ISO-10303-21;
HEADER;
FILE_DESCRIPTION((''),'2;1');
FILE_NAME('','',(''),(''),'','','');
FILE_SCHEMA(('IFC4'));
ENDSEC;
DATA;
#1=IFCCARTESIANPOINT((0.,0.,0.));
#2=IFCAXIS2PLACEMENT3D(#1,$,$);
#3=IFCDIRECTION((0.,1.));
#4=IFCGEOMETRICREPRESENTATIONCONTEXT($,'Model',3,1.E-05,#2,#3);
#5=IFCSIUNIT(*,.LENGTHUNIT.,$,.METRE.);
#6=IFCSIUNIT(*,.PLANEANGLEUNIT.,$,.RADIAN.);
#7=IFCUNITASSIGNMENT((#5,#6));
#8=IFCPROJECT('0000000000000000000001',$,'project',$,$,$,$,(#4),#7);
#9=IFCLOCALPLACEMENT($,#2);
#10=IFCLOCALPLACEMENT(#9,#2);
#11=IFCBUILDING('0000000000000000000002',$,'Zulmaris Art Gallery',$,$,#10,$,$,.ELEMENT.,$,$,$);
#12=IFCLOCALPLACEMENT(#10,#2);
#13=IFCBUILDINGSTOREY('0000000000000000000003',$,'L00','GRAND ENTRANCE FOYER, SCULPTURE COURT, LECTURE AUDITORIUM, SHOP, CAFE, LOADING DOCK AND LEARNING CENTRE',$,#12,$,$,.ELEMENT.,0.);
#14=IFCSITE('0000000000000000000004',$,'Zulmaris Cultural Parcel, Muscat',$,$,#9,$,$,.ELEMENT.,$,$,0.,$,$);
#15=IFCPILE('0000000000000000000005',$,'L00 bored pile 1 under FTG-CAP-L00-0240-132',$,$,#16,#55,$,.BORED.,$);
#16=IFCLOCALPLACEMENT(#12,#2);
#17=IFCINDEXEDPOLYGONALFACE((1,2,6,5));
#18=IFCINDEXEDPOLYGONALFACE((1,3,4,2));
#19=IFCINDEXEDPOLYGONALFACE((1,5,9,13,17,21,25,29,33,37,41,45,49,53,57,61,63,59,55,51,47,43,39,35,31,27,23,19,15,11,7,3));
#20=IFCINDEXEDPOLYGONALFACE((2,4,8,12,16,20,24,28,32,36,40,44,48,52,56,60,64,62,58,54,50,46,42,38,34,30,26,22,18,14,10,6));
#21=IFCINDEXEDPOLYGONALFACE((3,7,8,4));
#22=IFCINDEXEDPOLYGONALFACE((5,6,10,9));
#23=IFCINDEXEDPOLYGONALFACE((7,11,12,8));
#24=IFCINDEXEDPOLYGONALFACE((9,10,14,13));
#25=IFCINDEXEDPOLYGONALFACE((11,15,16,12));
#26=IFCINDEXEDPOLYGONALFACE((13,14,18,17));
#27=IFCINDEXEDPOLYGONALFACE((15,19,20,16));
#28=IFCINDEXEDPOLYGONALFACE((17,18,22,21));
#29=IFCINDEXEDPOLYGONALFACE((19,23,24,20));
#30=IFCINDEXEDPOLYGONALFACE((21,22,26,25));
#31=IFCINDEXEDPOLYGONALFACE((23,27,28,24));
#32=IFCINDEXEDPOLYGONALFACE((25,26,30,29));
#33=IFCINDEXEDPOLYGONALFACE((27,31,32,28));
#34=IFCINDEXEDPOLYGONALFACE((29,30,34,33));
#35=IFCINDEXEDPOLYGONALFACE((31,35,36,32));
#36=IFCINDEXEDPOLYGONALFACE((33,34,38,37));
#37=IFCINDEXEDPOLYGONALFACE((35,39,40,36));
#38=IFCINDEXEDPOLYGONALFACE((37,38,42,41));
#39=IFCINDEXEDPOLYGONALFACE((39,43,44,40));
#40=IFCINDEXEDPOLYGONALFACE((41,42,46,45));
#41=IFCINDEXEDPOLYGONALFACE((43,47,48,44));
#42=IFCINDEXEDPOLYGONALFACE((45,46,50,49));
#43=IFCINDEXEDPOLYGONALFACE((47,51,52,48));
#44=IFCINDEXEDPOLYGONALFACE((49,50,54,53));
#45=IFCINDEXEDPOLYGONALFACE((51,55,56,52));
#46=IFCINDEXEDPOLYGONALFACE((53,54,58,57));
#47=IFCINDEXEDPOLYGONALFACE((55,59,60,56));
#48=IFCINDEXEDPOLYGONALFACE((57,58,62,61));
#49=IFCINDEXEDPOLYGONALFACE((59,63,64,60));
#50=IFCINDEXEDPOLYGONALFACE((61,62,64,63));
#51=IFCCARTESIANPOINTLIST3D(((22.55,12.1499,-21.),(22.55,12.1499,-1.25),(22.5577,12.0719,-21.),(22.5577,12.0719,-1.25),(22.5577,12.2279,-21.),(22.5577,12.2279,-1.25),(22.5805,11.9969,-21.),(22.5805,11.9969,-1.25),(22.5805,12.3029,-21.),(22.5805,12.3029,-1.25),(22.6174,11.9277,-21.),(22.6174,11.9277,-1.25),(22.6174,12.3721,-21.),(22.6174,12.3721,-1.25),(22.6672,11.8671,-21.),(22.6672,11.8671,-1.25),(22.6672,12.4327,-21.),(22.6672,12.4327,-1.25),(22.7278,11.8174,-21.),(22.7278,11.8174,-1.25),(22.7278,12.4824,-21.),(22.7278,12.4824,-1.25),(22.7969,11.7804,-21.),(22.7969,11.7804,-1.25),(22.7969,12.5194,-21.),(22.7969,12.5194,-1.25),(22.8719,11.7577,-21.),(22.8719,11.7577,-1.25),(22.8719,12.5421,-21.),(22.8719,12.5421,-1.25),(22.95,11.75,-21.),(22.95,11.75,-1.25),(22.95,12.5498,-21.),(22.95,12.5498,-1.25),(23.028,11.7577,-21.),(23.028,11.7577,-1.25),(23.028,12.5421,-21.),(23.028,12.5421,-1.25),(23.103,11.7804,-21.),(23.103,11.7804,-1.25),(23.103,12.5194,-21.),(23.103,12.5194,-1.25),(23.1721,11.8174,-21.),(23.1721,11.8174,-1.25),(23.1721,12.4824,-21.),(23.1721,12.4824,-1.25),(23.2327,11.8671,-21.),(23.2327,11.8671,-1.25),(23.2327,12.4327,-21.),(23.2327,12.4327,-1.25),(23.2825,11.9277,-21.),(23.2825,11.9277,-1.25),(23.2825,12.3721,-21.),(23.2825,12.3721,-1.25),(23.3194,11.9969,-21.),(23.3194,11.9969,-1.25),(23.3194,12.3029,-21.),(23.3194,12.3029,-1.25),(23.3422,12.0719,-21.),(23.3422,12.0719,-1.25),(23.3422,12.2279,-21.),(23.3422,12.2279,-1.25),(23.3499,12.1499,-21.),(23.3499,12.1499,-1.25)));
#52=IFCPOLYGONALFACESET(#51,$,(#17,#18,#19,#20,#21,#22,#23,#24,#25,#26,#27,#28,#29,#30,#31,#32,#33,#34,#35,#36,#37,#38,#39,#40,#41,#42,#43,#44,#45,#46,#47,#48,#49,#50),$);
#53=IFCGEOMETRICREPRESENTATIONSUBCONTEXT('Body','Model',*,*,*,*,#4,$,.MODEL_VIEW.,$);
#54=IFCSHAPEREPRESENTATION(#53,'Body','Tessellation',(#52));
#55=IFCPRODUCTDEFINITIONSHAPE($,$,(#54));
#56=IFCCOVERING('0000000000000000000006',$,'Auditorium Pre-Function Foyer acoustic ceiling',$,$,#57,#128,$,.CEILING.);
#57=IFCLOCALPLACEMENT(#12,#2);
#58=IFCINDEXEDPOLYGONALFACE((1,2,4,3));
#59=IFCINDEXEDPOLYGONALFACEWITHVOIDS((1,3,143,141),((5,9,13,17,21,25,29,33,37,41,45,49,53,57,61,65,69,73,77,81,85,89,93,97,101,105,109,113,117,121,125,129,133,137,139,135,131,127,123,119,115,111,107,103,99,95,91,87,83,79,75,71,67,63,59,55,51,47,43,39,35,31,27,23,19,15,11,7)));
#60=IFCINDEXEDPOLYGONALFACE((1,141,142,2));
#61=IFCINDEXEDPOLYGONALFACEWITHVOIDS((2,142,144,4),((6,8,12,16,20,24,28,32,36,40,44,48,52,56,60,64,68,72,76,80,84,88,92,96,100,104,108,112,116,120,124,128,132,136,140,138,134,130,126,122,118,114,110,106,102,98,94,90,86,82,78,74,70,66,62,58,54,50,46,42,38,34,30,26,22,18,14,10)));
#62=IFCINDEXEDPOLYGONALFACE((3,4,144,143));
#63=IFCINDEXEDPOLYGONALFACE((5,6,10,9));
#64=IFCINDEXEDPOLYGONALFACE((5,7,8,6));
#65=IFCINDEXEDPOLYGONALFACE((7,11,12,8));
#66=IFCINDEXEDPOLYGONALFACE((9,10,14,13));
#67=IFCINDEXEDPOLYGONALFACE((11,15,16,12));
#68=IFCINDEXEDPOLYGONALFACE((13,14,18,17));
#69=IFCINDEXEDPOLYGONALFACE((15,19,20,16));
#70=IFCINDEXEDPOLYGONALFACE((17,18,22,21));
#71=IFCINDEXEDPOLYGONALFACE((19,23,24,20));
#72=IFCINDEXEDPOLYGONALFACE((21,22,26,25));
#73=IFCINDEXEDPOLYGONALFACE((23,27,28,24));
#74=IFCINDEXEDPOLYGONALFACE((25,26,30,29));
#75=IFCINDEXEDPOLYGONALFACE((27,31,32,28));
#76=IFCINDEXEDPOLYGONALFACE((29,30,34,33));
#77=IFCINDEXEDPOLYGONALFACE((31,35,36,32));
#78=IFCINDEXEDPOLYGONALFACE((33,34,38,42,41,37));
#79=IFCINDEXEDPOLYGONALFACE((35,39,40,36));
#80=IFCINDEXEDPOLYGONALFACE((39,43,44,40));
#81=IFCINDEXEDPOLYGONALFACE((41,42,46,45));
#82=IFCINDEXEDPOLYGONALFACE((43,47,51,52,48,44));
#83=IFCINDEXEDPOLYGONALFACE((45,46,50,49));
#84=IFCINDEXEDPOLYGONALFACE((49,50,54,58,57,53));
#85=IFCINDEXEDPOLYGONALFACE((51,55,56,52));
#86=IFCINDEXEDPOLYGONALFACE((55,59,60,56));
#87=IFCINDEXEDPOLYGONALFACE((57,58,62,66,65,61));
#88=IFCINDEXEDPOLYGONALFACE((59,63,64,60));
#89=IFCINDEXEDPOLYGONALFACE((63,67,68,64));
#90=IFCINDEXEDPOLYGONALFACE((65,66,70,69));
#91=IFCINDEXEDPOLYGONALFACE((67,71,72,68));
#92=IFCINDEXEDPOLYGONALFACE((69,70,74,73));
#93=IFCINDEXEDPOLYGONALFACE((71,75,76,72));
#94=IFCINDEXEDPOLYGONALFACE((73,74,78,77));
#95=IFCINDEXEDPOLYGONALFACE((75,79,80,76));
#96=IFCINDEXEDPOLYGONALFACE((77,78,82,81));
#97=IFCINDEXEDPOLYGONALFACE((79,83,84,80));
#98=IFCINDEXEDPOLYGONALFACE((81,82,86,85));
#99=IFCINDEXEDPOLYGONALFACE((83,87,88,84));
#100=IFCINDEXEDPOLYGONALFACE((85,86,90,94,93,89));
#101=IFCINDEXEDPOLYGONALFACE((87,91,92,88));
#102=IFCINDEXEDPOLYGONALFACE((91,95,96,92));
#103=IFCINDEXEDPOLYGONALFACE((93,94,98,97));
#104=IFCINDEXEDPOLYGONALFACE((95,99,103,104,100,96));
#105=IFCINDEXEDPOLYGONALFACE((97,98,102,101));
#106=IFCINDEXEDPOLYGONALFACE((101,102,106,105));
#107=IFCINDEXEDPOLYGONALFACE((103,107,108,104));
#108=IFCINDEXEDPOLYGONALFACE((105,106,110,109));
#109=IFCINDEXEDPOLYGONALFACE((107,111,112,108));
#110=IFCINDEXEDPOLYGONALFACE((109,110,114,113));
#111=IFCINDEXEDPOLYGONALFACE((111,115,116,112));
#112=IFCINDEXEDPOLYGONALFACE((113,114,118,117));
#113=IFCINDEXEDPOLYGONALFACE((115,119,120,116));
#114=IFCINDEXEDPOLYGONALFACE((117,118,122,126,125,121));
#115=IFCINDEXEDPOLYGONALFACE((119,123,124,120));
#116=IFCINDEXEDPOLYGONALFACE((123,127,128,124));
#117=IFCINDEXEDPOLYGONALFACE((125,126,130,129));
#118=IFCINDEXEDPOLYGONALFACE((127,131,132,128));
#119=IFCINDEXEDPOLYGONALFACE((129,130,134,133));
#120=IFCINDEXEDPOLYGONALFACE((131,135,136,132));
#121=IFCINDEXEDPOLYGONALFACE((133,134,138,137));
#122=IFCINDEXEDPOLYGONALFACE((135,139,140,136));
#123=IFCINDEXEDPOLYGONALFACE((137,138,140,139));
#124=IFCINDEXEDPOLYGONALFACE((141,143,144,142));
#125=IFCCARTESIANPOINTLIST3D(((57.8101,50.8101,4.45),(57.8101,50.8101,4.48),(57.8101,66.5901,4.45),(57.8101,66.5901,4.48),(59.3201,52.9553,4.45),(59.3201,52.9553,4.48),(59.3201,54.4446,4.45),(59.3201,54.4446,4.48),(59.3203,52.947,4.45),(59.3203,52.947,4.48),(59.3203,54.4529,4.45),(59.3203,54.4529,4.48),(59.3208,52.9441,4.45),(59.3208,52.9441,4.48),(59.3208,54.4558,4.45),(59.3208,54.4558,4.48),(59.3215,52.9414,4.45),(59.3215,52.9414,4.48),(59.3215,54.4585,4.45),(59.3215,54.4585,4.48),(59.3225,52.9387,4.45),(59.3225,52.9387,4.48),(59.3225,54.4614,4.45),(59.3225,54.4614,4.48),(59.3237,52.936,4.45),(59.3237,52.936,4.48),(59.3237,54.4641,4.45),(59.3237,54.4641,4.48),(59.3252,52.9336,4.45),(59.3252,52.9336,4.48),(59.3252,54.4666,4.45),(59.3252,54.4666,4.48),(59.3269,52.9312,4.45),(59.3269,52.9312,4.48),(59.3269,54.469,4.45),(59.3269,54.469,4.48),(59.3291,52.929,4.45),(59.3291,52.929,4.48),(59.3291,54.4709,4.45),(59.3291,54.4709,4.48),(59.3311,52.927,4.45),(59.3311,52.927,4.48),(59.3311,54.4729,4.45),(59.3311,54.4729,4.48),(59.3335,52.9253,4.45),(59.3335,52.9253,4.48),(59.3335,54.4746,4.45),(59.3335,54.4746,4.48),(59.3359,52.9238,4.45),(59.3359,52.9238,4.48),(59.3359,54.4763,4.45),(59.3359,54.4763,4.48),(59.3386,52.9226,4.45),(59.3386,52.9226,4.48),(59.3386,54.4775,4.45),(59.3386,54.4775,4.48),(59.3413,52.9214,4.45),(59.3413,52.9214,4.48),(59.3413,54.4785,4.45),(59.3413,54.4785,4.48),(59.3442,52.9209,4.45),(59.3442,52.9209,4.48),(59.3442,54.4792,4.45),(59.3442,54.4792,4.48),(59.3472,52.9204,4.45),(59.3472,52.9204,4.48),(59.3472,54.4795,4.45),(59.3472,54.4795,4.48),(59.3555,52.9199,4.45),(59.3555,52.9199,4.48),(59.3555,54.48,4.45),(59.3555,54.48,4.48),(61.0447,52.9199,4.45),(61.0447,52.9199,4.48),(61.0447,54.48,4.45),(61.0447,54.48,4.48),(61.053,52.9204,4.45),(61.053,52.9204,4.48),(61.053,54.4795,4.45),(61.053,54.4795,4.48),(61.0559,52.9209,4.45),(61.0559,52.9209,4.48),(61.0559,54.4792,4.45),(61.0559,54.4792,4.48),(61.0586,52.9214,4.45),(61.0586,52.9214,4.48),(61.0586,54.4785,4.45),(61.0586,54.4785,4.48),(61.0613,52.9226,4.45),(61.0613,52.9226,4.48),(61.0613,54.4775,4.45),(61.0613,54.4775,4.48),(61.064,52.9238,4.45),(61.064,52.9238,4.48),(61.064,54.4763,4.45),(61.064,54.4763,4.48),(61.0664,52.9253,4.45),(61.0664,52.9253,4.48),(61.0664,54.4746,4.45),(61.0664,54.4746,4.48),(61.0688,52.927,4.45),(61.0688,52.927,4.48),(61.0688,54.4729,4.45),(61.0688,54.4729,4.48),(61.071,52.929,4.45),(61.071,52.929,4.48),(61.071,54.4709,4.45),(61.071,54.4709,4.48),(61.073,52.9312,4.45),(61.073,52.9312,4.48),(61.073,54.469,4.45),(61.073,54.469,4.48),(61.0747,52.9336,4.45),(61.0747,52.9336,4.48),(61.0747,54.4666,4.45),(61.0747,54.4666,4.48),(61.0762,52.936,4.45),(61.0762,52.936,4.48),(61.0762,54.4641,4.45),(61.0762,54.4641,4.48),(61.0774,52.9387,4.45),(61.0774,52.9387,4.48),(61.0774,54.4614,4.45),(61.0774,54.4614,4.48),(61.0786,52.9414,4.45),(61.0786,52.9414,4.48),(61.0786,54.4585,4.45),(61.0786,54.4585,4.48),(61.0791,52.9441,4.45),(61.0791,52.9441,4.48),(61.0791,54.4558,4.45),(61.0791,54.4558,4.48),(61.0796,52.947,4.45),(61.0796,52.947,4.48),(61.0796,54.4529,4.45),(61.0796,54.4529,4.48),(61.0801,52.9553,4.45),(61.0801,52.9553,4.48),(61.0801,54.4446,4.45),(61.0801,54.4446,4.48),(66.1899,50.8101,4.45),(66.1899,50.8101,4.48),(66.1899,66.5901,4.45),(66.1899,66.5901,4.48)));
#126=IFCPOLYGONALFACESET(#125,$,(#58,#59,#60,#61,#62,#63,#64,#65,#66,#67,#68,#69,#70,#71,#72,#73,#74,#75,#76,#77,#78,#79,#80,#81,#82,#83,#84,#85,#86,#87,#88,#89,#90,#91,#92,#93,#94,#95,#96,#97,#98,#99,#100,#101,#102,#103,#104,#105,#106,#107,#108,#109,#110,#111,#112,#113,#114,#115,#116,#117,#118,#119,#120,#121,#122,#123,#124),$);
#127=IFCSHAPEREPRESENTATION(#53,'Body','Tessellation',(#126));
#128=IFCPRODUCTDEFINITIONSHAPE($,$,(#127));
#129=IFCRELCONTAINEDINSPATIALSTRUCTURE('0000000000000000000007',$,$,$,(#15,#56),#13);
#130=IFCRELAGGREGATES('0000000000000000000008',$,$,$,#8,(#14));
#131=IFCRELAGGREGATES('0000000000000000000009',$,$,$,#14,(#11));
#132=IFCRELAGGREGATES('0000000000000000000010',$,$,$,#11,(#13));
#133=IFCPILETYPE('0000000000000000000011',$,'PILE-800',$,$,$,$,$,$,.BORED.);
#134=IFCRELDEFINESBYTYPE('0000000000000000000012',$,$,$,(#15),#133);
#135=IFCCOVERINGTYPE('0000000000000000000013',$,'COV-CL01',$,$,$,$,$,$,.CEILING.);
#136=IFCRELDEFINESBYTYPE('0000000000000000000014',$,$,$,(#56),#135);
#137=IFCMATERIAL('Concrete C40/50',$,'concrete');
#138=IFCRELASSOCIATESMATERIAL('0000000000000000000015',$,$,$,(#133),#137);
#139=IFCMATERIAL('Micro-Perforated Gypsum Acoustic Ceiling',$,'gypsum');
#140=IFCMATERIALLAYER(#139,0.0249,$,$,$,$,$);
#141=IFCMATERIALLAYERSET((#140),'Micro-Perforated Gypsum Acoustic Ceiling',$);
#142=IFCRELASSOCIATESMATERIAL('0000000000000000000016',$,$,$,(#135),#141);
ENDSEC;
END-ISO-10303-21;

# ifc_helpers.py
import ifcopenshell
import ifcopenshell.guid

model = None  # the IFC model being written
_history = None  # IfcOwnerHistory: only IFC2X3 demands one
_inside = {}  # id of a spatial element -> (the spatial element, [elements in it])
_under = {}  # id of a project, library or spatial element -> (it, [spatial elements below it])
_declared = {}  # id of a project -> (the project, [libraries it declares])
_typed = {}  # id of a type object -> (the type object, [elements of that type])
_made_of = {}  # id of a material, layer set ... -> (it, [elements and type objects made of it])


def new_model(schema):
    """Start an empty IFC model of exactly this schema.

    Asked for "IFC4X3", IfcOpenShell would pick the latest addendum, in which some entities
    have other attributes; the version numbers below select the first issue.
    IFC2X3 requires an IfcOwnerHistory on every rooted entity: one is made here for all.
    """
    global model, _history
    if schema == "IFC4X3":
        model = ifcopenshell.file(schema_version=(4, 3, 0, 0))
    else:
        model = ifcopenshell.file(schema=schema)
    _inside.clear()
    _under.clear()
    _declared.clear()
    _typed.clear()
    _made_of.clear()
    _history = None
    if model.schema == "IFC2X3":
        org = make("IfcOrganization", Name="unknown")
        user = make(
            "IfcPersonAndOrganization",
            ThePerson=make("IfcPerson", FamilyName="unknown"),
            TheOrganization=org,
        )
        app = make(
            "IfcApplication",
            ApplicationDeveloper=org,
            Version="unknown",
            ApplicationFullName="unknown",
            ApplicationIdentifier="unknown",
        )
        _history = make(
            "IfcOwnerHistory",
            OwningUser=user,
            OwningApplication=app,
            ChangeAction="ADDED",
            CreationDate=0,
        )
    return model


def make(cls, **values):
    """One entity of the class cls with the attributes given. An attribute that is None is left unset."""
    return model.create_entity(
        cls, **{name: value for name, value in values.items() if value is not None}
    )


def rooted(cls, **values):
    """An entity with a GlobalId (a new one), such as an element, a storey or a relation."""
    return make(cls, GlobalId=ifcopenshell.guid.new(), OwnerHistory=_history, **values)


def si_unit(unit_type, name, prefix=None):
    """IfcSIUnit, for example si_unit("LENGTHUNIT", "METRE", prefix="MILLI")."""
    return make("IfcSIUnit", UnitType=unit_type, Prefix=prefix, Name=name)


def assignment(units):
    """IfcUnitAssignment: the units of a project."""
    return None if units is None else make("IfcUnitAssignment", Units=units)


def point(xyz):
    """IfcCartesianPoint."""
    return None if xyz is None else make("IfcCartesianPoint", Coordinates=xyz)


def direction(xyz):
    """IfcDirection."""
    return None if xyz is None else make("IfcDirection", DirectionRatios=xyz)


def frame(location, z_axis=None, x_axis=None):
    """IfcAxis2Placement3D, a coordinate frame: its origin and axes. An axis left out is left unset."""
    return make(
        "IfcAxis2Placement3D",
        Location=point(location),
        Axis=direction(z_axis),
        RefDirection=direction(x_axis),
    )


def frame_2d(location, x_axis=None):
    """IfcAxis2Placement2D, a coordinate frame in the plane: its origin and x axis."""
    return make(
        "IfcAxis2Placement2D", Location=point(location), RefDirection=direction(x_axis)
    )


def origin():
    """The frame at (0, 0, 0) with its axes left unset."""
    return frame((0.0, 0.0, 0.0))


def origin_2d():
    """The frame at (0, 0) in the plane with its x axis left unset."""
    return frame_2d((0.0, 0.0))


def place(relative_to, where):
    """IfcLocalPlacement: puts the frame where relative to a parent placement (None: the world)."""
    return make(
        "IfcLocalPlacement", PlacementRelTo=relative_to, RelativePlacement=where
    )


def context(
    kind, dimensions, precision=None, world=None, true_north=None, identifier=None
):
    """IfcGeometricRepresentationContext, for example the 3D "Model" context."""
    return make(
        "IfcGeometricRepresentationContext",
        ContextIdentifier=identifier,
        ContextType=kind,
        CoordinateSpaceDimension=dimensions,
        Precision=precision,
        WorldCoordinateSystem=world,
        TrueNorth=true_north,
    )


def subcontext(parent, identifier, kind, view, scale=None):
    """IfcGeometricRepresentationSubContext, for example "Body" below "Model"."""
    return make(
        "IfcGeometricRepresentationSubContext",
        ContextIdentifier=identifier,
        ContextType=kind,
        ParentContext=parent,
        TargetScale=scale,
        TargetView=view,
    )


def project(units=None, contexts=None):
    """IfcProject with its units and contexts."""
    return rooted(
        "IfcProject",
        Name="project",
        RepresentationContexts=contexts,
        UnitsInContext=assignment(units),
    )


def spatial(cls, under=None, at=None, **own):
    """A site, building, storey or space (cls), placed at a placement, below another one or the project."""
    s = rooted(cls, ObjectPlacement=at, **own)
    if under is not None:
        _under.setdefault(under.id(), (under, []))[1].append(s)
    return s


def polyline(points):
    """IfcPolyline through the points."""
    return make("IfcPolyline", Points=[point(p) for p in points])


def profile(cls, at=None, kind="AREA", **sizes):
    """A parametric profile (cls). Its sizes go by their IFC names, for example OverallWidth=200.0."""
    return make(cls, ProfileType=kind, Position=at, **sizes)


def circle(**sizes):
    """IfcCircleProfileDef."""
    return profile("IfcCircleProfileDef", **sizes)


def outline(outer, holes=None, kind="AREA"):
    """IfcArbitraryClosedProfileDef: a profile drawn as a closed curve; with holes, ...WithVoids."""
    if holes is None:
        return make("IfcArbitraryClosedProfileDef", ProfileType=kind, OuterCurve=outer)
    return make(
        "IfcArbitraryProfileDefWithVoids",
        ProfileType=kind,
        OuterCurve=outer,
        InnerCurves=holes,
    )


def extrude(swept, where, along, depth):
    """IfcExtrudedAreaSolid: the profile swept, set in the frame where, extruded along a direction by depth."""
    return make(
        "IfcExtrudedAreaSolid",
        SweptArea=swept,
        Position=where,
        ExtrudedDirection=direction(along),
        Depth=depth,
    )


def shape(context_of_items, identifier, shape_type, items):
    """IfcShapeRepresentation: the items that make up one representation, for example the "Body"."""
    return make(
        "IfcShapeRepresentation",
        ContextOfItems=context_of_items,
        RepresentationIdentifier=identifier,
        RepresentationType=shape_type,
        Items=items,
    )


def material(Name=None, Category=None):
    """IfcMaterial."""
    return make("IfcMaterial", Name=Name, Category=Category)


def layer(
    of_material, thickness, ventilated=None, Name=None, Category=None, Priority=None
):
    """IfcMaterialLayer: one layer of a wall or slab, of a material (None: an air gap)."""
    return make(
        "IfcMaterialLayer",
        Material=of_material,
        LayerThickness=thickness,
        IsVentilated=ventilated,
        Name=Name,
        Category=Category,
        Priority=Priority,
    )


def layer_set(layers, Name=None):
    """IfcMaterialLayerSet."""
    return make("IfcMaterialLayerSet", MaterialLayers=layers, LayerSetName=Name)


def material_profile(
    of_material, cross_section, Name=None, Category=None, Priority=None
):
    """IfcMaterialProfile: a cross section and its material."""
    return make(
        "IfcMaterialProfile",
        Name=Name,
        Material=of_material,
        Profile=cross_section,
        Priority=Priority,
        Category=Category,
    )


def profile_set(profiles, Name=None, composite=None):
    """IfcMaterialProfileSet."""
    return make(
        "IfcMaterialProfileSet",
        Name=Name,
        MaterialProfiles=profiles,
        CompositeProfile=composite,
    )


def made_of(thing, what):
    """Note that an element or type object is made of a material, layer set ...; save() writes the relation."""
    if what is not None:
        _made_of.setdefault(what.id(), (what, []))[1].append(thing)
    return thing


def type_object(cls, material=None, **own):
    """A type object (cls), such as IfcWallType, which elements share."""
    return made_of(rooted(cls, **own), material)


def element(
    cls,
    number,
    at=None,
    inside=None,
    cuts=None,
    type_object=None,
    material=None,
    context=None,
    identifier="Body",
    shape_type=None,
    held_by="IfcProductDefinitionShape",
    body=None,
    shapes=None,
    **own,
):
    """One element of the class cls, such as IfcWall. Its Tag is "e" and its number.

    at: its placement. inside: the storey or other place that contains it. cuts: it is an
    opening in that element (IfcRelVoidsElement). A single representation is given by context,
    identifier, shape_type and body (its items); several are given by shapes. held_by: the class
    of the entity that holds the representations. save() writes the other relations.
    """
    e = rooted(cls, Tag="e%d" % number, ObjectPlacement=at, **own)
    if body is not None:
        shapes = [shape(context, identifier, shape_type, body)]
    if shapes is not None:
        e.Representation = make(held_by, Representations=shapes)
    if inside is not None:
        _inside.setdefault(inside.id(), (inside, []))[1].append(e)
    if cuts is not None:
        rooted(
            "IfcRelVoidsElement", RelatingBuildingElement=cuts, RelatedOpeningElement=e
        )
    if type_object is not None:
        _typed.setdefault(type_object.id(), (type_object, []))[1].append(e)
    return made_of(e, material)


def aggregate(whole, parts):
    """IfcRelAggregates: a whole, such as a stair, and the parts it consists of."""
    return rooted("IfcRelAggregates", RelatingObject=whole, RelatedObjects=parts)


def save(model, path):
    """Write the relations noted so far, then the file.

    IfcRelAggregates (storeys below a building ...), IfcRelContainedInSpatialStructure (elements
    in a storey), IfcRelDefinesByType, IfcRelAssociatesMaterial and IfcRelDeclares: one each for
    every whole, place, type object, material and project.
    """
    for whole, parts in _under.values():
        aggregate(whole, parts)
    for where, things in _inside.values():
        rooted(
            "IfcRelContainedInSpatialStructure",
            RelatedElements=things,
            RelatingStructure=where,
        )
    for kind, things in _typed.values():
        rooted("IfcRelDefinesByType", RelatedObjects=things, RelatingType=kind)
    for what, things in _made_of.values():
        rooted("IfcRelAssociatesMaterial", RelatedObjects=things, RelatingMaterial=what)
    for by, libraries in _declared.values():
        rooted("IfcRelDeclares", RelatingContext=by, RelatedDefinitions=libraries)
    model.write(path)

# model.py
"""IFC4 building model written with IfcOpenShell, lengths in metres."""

from ifc_helpers import new_model, si_unit, direction, frame, origin, origin_2d, place, context, subcontext, project, spatial, polyline, circle, outline, extrude, material, layer, layer_set, material_profile, profile_set, type_object, element, save


model = new_model("IFC4")

# Units and contexts
model_context = context("Model", 3, precision=1e-05, world=origin(), true_north=direction((0.0, 1.0)))
body_context = subcontext(model_context, "Body", "Model", "MODEL_VIEW")
ifc_project = project(units=[si_unit("LENGTHUNIT", "METRE"), si_unit("PLANEANGLEUNIT", "RADIAN")], contexts=[model_context])

# Site, building, storey
site_placement = place(None, origin())
site = spatial("IfcSite", under=ifc_project, at=site_placement, Name="Zulmaris Cultural Parcel, Muscat", CompositionType="ELEMENT", RefElevation=0.0)
building_placement = place(site_placement, origin())
building = spatial("IfcBuilding", under=site, at=building_placement, Name="Zulmaris Art Gallery", CompositionType="ELEMENT")
storey_placement = place(building_placement, origin())
storey = spatial("IfcBuildingStorey", under=building, at=storey_placement, Name="L00", Description="GRAND ENTRANCE FOYER, SCULPTURE COURT, LECTURE AUDITORIUM, SHOP, CAFE, LOADING DOCK AND LEARNING CENTRE", CompositionType="ELEMENT", Elevation=0.0)

# Pile
ifc_material_1 = material(Name="Concrete C40/50", Category="concrete")
ifc_material_profile = material_profile(ifc_material_1, circle(Radius=0.3999, at=origin_2d()), Name="PILE DIA 800")
ifc_profile_set = profile_set([ifc_material_profile], Name="Concrete C40/50")
pile_type = type_object("IfcPileType", Name="PILE-800", PredefinedType="BORED", material=ifc_profile_set)
pile_placement = place(storey_placement, frame((22.95, 12.1499, -1.25), z_axis=(0.0, 0.0, -1.0), x_axis=(1.0, 0.0, 0.0)))
element("IfcPile", 1, at=pile_placement, inside=storey, type_object=pile_type, Name="L00 bored pile 1 under FTG-CAP-L00-0240-132", PredefinedType="BORED", context=body_context, shape_type="SweptSolid", body=[
    extrude(circle(Radius=0.3999, at=origin_2d()), origin(), (0.0, 0.0, 1.0), 19.75),
])

# Covering
ifc_material_2 = material(Name="Micro-Perforated Gypsum Acoustic Ceiling", Category="gypsum")
ifc_layer_1 = layer(ifc_material_2, 0.0249)
ifc_layer_set_1 = layer_set([ifc_layer_1], Name="Micro-Perforated Gypsum Acoustic Ceiling")
covering_type_1 = type_object("IfcCoveringType", Name="COV-CL01", PredefinedType="CEILING", material=ifc_layer_set_1)
covering_1_placement = place(storey_placement, frame((0.0, 0.0, 4.45)))
element("IfcCovering", 2, at=covering_1_placement, inside=storey, type_object=covering_type_1, Name="Auditorium Pre-Function Foyer acoustic ceiling", PredefinedType="CEILING", context=body_context, shape_type="SweptSolid", body=[
    extrude(outline(polyline([(57.8101, 66.5901), (66.1899, 66.5901), (66.1899, 50.8101), (57.8101, 50.8101), (57.8101, 66.5901)]), holes=[polyline([(59.3215, 52.9414), (59.3225, 52.9387), (59.3237, 52.936), (59.3252, 52.9336), (59.3269, 52.9312), (59.3291, 52.929), (59.3311, 52.927), (59.3335, 52.9253), (59.3359, 52.9238), (59.3386, 52.9226), (59.3413, 52.9214), (59.3442, 52.9209), (59.3472, 52.9204), (59.3555, 52.9199), (61.0447, 52.9199), (61.053, 52.9204), (61.0559, 52.9209), (61.0586, 52.9214), (61.0613, 52.9226), (61.064, 52.9238), (61.0664, 52.9253), (61.0688, 52.927), (61.071, 52.929), (61.073, 52.9312), (61.0747, 52.9336), (61.0762, 52.936), (61.0774, 52.9387), (61.0786, 52.9414), (61.0791, 52.9441), (61.0796, 52.947), (61.0801, 52.9553), (61.0801, 54.4446), (61.0796, 54.4529), (61.0791, 54.4558), (61.0786, 54.4585), (61.0774, 54.4614), (61.0762, 54.4641), (61.0747, 54.4666), (61.073, 54.469), (61.071, 54.4709), (61.0688, 54.4729), (61.0664, 54.4746), (61.064, 54.4763), (61.0613, 54.4775), (61.0586, 54.4785), (61.0559, 54.4792), (61.053, 54.4795), (61.0447, 54.48), (59.3555, 54.48), (59.3472, 54.4795), (59.3442, 54.4792), (59.3413, 54.4785), (59.3386, 54.4775), (59.3359, 54.4763), (59.3335, 54.4746), (59.3311, 54.4729), (59.3291, 54.4709), (59.3269, 54.469), (59.3252, 54.4666), (59.3237, 54.4641), (59.3225, 54.4614), (59.3215, 54.4585), (59.3208, 54.4558), (59.3203, 54.4529), (59.3201, 54.4446), (59.3201, 52.9553), (59.3203, 52.947), (59.3208, 52.9441), (59.3215, 52.9414)])]), origin(), (0.0, 0.0, 1.0), 0.03),
])

save(model, "model.ifc")
